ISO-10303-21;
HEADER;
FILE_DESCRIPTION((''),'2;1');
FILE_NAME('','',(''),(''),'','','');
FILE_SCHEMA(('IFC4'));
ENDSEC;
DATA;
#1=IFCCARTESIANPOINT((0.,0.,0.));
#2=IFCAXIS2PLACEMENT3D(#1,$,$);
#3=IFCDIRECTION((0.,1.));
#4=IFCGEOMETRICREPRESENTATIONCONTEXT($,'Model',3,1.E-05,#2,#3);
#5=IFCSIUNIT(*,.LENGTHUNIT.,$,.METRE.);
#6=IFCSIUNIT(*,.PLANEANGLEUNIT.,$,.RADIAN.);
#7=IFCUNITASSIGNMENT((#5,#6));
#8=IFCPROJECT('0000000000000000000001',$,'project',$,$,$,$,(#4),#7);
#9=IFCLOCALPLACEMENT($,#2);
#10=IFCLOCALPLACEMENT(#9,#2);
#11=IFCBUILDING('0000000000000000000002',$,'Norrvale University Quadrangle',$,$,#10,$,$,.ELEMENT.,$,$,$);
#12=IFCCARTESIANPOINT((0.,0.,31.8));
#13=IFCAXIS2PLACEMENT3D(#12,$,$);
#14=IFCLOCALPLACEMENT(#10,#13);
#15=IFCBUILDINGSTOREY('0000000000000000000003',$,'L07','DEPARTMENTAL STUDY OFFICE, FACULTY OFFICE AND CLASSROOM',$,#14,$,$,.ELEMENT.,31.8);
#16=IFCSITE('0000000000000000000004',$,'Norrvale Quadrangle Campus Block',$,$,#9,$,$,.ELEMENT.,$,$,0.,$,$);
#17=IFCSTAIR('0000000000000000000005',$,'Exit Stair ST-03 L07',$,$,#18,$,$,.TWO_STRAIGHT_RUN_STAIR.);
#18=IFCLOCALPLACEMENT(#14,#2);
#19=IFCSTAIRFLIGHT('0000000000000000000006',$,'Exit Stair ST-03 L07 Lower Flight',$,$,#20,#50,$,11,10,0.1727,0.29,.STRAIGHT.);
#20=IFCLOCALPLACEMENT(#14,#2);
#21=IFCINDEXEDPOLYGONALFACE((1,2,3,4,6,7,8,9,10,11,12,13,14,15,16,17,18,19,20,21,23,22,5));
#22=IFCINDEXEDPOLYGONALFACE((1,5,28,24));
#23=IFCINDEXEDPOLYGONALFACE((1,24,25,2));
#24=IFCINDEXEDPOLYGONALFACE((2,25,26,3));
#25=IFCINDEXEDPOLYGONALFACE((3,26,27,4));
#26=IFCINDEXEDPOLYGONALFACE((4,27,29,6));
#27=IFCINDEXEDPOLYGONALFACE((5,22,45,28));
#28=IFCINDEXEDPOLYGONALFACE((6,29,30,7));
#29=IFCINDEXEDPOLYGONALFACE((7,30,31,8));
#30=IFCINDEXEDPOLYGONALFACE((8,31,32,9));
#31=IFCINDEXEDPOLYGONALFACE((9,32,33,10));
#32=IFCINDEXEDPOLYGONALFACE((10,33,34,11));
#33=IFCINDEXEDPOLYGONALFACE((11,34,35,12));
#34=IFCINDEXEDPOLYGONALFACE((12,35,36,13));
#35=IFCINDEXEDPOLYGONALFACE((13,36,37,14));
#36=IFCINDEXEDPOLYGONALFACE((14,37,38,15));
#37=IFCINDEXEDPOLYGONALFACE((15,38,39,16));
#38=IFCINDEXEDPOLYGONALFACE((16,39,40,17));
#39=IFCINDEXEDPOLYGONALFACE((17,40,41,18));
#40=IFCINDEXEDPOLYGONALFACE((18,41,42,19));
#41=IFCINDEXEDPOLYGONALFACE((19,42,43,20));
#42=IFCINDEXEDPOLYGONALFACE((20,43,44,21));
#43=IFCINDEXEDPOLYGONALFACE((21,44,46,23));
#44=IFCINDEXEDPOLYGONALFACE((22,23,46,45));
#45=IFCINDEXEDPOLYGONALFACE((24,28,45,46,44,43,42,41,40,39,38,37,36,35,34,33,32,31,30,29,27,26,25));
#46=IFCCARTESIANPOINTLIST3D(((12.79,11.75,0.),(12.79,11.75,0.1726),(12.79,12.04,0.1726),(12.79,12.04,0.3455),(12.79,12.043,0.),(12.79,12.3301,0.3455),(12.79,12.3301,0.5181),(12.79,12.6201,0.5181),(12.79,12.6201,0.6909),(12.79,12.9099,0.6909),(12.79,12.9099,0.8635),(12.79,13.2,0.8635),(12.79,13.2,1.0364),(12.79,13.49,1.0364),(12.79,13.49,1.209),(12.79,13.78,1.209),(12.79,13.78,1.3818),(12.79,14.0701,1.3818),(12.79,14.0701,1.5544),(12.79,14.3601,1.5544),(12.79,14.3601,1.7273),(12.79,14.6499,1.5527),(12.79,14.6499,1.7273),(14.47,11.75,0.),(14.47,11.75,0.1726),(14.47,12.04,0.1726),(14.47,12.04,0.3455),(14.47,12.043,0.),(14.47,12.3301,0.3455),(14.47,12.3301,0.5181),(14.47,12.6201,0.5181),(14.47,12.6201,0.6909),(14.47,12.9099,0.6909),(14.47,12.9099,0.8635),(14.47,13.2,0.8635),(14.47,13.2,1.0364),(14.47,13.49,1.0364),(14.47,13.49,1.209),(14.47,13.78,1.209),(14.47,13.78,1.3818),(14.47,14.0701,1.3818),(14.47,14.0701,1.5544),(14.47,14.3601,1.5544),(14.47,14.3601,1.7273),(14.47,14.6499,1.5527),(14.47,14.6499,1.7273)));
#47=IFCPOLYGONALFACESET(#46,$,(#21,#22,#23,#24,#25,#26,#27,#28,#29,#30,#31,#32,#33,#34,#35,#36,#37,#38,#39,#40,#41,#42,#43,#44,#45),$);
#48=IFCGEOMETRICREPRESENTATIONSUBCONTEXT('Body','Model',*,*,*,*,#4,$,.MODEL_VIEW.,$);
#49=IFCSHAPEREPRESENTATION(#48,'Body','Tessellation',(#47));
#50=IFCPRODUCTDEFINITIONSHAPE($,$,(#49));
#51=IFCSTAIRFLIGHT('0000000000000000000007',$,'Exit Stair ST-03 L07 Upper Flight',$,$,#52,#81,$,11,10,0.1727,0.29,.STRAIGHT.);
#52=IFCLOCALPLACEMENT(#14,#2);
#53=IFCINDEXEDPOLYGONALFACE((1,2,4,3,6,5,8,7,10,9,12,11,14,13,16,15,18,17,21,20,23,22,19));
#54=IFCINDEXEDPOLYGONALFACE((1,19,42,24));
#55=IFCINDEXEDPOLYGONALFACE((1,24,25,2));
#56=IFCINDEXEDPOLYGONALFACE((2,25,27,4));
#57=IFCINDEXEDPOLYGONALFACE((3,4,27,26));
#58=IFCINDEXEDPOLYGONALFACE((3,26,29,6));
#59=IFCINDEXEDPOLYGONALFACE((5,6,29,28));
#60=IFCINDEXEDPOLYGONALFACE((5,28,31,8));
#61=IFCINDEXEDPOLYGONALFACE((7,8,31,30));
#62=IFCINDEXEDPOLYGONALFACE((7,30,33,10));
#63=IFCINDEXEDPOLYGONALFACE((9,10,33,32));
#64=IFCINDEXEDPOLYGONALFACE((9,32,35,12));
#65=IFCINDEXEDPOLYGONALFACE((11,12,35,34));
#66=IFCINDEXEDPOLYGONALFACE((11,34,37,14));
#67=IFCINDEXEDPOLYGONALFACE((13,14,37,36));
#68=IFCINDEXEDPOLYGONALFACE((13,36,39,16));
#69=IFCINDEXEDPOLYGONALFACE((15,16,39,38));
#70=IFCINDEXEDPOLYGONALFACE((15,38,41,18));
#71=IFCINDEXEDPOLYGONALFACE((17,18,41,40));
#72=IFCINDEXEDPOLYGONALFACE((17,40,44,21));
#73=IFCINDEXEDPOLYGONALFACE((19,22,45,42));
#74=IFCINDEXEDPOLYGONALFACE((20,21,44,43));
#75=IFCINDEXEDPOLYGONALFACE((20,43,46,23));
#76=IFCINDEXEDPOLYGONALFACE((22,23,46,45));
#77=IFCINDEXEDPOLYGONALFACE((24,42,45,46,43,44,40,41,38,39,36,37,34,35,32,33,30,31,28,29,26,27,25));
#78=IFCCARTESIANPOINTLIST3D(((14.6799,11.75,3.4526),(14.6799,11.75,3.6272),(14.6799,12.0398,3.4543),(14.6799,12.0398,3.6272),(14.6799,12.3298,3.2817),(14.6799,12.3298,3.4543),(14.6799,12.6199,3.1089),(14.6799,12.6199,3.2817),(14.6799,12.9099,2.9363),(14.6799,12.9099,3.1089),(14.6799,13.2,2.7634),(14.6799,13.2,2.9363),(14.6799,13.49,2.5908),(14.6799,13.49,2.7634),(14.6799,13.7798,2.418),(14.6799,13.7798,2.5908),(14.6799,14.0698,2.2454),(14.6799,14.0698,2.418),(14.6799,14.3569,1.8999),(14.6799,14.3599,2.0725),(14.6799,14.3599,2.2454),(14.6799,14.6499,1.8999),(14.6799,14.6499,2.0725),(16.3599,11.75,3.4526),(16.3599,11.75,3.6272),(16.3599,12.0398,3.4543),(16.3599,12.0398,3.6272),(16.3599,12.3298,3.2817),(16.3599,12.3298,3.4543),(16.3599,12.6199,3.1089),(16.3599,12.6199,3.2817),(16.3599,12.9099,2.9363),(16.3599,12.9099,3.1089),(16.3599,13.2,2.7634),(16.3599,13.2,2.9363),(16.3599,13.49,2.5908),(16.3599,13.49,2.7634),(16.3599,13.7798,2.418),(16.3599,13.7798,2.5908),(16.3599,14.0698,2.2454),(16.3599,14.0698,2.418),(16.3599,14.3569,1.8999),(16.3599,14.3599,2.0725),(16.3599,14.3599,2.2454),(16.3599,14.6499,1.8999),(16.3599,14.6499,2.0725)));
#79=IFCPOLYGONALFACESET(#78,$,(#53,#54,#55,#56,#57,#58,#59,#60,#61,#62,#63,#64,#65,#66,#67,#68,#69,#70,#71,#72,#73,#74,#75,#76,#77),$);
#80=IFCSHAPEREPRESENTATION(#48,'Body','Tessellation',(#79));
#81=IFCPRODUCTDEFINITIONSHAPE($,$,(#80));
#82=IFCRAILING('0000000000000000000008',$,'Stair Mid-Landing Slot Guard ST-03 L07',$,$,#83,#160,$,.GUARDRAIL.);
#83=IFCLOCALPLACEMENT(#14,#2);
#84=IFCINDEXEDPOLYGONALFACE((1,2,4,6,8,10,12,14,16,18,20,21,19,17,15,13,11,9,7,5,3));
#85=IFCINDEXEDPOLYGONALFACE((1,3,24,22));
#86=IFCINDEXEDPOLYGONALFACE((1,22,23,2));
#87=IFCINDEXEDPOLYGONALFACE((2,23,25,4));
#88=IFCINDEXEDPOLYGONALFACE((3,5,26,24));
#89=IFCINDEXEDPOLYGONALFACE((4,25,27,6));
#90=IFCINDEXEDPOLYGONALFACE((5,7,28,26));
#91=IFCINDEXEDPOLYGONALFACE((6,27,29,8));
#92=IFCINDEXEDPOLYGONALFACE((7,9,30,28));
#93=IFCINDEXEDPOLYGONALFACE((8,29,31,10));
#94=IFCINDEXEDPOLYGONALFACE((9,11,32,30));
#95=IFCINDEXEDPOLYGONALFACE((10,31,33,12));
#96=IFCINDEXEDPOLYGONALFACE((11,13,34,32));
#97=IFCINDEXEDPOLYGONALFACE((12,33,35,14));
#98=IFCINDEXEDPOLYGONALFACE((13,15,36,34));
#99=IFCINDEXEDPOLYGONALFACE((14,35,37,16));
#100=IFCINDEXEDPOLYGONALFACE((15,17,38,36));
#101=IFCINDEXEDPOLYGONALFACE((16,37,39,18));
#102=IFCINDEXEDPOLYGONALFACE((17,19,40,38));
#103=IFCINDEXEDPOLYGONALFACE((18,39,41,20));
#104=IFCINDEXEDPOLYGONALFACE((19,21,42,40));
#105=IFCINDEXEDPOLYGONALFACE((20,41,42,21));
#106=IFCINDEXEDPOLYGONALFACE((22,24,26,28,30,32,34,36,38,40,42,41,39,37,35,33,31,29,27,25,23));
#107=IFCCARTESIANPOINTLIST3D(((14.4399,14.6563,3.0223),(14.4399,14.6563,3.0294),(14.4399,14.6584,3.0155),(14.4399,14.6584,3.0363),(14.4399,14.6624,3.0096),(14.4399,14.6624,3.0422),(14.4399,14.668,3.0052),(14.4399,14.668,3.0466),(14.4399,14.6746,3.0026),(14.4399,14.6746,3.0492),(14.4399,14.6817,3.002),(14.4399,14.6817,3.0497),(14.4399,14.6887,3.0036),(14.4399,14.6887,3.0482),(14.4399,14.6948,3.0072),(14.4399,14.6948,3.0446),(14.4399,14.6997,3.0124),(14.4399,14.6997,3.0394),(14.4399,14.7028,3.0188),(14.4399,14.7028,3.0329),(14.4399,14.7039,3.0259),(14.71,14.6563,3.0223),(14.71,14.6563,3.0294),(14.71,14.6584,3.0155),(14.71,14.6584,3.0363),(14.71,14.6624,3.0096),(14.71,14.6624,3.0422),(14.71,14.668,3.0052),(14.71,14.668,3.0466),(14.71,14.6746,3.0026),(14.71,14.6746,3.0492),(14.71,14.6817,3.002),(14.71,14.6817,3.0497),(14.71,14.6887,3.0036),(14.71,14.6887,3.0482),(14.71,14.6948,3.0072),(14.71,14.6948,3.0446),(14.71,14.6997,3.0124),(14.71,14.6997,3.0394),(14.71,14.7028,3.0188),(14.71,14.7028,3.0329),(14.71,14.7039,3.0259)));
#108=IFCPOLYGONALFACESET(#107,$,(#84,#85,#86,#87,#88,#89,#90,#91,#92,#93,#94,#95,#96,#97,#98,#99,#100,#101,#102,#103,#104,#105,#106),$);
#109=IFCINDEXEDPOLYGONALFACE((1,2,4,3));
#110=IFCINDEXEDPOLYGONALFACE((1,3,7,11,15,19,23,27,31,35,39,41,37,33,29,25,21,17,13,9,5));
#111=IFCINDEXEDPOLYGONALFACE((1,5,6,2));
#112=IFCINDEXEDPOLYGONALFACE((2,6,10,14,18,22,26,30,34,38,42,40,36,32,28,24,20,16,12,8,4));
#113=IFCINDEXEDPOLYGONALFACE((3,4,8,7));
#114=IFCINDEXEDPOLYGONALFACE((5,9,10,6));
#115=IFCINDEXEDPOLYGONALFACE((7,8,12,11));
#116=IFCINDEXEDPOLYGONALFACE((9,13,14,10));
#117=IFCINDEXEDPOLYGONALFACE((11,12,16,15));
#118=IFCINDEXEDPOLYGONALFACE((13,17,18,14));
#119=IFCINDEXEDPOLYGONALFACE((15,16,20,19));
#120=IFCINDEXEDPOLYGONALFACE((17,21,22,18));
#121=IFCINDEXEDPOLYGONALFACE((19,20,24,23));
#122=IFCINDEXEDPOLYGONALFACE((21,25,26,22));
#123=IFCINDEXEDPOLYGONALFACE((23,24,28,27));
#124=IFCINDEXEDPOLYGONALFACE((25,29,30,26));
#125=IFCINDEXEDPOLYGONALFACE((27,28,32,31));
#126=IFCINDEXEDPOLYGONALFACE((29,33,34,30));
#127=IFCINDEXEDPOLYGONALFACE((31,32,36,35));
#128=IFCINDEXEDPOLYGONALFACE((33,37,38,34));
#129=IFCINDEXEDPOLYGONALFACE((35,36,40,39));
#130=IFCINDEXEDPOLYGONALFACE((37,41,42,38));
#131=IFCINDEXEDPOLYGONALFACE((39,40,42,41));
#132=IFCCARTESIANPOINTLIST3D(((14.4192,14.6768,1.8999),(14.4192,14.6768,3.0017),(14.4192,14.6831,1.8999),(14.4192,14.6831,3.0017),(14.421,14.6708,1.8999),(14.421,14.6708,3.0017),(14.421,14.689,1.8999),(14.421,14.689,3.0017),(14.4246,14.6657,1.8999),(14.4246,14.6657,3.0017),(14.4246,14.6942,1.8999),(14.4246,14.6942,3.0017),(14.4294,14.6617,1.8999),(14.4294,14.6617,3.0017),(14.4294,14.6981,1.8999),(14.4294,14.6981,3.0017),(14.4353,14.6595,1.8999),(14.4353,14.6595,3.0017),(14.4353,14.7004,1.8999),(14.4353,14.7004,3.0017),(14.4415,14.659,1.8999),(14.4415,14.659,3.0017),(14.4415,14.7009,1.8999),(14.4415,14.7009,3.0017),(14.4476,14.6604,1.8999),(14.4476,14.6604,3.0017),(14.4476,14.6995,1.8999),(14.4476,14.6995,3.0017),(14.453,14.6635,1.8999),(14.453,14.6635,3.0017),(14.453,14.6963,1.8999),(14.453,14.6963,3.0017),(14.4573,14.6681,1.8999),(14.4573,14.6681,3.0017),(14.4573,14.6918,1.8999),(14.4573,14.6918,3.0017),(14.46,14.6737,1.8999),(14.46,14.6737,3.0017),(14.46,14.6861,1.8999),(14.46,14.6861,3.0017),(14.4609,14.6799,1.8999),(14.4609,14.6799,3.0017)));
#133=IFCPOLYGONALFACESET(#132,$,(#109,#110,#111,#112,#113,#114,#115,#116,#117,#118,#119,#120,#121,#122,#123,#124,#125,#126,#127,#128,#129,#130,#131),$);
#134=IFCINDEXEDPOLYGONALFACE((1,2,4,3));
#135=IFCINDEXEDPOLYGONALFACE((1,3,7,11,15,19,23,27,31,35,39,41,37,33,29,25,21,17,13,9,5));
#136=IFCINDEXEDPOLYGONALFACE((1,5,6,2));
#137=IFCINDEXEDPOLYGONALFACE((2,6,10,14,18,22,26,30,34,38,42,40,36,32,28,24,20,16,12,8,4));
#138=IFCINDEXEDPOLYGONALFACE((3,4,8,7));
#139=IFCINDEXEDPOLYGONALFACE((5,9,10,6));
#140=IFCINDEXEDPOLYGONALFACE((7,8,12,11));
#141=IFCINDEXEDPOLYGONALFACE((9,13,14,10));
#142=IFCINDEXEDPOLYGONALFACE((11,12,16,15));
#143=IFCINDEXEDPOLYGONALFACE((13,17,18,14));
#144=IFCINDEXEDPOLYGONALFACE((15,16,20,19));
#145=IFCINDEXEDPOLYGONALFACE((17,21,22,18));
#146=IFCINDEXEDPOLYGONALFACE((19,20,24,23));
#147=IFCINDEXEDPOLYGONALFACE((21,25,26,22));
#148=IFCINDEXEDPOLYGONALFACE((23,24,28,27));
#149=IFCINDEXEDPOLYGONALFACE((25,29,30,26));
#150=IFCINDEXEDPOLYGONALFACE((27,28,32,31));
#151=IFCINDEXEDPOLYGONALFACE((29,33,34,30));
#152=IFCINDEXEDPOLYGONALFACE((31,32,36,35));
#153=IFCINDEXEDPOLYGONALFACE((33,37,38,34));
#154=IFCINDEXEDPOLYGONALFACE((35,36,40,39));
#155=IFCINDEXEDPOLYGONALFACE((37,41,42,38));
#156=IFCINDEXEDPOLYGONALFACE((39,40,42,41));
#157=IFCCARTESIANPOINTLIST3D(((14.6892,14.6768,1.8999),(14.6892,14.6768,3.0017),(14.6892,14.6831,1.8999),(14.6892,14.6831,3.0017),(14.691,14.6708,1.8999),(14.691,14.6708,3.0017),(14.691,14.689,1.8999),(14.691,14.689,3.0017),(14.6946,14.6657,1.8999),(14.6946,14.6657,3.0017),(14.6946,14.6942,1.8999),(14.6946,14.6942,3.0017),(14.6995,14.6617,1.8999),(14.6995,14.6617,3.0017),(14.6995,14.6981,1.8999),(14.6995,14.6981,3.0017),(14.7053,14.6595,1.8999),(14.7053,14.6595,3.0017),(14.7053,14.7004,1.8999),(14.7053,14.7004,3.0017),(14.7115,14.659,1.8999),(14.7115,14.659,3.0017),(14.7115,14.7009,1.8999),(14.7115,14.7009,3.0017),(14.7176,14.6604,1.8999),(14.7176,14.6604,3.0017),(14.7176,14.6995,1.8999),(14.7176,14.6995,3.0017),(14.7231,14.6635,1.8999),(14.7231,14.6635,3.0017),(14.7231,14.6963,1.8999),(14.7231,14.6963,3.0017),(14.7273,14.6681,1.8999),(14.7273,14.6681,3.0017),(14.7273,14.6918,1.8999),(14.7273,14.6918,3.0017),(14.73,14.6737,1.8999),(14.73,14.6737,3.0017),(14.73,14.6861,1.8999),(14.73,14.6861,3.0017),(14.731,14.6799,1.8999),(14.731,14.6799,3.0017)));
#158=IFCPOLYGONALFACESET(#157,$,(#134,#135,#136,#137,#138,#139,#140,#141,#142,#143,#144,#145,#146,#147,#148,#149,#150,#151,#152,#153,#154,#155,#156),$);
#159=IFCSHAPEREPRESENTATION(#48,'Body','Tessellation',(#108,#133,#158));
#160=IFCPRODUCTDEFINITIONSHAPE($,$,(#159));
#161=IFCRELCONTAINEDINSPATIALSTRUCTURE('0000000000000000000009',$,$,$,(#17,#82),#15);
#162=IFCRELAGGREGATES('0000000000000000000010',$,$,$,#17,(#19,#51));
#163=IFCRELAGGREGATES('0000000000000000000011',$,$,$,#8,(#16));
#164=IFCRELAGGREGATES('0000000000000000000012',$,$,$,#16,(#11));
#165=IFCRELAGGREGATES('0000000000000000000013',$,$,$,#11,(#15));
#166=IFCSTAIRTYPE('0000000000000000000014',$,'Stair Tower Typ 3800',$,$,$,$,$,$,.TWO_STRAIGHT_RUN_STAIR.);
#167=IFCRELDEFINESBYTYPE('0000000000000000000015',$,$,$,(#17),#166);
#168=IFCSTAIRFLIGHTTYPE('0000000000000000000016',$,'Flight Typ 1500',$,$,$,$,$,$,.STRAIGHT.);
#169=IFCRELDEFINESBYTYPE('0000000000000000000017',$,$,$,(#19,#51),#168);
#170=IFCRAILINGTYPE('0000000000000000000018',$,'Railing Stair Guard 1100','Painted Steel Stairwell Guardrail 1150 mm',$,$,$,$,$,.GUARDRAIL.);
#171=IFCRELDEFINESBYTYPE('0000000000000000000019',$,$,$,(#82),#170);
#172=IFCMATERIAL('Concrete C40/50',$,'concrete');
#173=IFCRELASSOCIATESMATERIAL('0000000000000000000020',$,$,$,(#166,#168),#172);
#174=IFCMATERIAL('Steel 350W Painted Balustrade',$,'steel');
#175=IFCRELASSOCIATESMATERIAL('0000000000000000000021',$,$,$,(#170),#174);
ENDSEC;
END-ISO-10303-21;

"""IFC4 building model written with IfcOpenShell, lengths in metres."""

from ifc_helpers import new_model, si_unit, direction, frame, origin, origin_2d, place, context, subcontext, project, spatial, polyline, circle, outline, extrude, material, type_object, element, aggregate, save


model = new_model("IFC4")

# Units and contexts
model_context = context("Model", 3, precision=1e-05, world=origin(), true_north=direction((0.0, 1.0)))
body_context = subcontext(model_context, "Body", "Model", "MODEL_VIEW")
ifc_project = project(units=[si_unit("LENGTHUNIT", "METRE"), si_unit("PLANEANGLEUNIT", "RADIAN")], contexts=[model_context])

# Site, building, storey
site_placement = place(None, origin())
site = spatial("IfcSite", under=ifc_project, at=site_placement, Name="Norrvale Quadrangle Campus Block", CompositionType="ELEMENT", RefElevation=0.0)
building_placement = place(site_placement, origin())
building = spatial("IfcBuilding", under=site, at=building_placement, Name="Norrvale University Quadrangle", CompositionType="ELEMENT")
storey_placement = place(building_placement, frame((0.0, 0.0, 31.8)))
storey = spatial("IfcBuildingStorey", under=building, at=storey_placement, Name="L07", Description="DEPARTMENTAL STUDY OFFICE, FACULTY OFFICE AND CLASSROOM", CompositionType="ELEMENT", Elevation=31.8)

# Stair, stair flights
ifc_material_1 = material(Name="Concrete C40/50", Category="concrete")
stair_type = type_object("IfcStairType", Name="Stair Tower Typ 3800", PredefinedType="TWO_STRAIGHT_RUN_STAIR", material=ifc_material_1)
stair_placement = place(storey_placement, origin())
stair = element("IfcStair", 1, at=stair_placement, inside=storey, type_object=stair_type, Name="Exit Stair ST-03 L07", PredefinedType="TWO_STRAIGHT_RUN_STAIR")
stair_flight_type = type_object("IfcStairFlightType", Name="Flight Typ 1500", PredefinedType="STRAIGHT", material=ifc_material_1)
stair_flight_1_placement = place(storey_placement, frame((13.6299, 11.75, 0.0), z_axis=(0.0, 0.0, 1.0), x_axis=(0.0, 1.0, 0.0)))
stair_flight_1 = element("IfcStairFlight", 2, at=stair_flight_1_placement, type_object=stair_flight_type, Name="Exit Stair ST-03 L07 Lower Flight", NumberOfRisers=11, NumberOfTreads=10, PredefinedType="STRAIGHT", RiserHeight=0.1727, TreadLength=0.29, context=body_context, shape_type="SweptSolid", body=[
    extrude(outline(polyline([(0.0, 0.0), (0.0, 0.1726), (0.29, 0.1726), (0.29, 0.3455), (0.5801, 0.3455), (0.5801, 0.5181), (0.8701, 0.5181), (0.8701, 0.6909), (1.1599, 0.6909), (1.1599, 0.8635), (1.45, 0.8635), (1.45, 1.0364), (1.74, 1.0364), (1.74, 1.209), (2.03, 1.209), (2.03, 1.3818), (2.3201, 1.3818), (2.3201, 1.5544), (2.6101, 1.5544), (2.6101, 1.7273), (2.8999, 1.7273), (2.8999, 1.8999), (2.8999, 1.5527), (0.293, 0.0), (0.0, 0.0)])), frame((0.0, 0.8398, 0.0), z_axis=(0.0, -1.0, 0.0), x_axis=(1.0, 0.0, 0.0)), (0.0, 0.0, 1.0), 1.6799),
])
stair_flight_2_placement = place(storey_placement, frame((15.52, 14.6499, 1.8999), z_axis=(0.0, 0.0, 1.0), x_axis=(0.0, -1.0, 0.0)))
stair_flight_2 = element("IfcStairFlight", 3, at=stair_flight_2_placement, type_object=stair_flight_type, Name="Exit Stair ST-03 L07 Upper Flight", NumberOfRisers=11, NumberOfTreads=10, PredefinedType="STRAIGHT", RiserHeight=0.1727, TreadLength=0.29, context=body_context, shape_type="SweptSolid", body=[
    extrude(outline(polyline([(0.0, 0.0), (0.0, 0.1726), (0.29, 0.1726), (0.29, 0.3455), (0.5801, 0.3455), (0.5801, 0.5181), (0.8701, 0.5181), (0.8701, 0.6909), (1.1599, 0.6909), (1.1599, 0.8635), (1.45, 0.8635), (1.45, 1.0364), (1.74, 1.0364), (1.74, 1.209), (2.03, 1.209), (2.03, 1.3818), (2.3201, 1.3818), (2.3201, 1.5544), (2.6101, 1.5544), (2.6101, 1.7273), (2.8999, 1.7273), (2.8999, 1.8999), (2.8999, 1.5527), (0.293, 0.0), (0.0, 0.0)])), frame((0.0, 0.8398, 0.0), z_axis=(0.0, -1.0, 0.0), x_axis=(1.0, 0.0, 0.0)), (0.0, 0.0, 1.0), 1.6799),
])
aggregate(stair, [stair_flight_1, stair_flight_2])

# Railing
ifc_material_2 = material(Name="Steel 350W Painted Balustrade", Category="steel")
railing_type_1 = type_object("IfcRailingType", Name="Railing Stair Guard 1100", Description="Painted Steel Stairwell Guardrail 1150 mm", PredefinedType="GUARDRAIL", material=ifc_material_2)
railing_1_placement = place(storey_placement, frame((14.4399, 14.6799, 1.8999)))
element("IfcRailing", 4, at=railing_1_placement, inside=storey, type_object=railing_type_1, Name="Stair Mid-Landing Slot Guard ST-03 L07", PredefinedType="GUARDRAIL", context=body_context, shape_type="SweptSolid", body=[
    extrude(circle(Radius=0.0239, at=origin_2d()), frame((0.0, 0.0, 1.126), z_axis=(1.0, 0.0, 0.0), x_axis=(0.0, 1.0, 0.0)), (0.0, 0.0, 1.0), 0.27),
    extrude(circle(Radius=0.021, at=origin_2d()), origin(), (0.0, 0.0, 1.0), 1.1018),
    extrude(circle(Radius=0.021, at=origin_2d()), frame((0.27, 0.0, 0.0)), (0.0, 0.0, 1.0), 1.1018),
])

save(model, "model.ifc")
